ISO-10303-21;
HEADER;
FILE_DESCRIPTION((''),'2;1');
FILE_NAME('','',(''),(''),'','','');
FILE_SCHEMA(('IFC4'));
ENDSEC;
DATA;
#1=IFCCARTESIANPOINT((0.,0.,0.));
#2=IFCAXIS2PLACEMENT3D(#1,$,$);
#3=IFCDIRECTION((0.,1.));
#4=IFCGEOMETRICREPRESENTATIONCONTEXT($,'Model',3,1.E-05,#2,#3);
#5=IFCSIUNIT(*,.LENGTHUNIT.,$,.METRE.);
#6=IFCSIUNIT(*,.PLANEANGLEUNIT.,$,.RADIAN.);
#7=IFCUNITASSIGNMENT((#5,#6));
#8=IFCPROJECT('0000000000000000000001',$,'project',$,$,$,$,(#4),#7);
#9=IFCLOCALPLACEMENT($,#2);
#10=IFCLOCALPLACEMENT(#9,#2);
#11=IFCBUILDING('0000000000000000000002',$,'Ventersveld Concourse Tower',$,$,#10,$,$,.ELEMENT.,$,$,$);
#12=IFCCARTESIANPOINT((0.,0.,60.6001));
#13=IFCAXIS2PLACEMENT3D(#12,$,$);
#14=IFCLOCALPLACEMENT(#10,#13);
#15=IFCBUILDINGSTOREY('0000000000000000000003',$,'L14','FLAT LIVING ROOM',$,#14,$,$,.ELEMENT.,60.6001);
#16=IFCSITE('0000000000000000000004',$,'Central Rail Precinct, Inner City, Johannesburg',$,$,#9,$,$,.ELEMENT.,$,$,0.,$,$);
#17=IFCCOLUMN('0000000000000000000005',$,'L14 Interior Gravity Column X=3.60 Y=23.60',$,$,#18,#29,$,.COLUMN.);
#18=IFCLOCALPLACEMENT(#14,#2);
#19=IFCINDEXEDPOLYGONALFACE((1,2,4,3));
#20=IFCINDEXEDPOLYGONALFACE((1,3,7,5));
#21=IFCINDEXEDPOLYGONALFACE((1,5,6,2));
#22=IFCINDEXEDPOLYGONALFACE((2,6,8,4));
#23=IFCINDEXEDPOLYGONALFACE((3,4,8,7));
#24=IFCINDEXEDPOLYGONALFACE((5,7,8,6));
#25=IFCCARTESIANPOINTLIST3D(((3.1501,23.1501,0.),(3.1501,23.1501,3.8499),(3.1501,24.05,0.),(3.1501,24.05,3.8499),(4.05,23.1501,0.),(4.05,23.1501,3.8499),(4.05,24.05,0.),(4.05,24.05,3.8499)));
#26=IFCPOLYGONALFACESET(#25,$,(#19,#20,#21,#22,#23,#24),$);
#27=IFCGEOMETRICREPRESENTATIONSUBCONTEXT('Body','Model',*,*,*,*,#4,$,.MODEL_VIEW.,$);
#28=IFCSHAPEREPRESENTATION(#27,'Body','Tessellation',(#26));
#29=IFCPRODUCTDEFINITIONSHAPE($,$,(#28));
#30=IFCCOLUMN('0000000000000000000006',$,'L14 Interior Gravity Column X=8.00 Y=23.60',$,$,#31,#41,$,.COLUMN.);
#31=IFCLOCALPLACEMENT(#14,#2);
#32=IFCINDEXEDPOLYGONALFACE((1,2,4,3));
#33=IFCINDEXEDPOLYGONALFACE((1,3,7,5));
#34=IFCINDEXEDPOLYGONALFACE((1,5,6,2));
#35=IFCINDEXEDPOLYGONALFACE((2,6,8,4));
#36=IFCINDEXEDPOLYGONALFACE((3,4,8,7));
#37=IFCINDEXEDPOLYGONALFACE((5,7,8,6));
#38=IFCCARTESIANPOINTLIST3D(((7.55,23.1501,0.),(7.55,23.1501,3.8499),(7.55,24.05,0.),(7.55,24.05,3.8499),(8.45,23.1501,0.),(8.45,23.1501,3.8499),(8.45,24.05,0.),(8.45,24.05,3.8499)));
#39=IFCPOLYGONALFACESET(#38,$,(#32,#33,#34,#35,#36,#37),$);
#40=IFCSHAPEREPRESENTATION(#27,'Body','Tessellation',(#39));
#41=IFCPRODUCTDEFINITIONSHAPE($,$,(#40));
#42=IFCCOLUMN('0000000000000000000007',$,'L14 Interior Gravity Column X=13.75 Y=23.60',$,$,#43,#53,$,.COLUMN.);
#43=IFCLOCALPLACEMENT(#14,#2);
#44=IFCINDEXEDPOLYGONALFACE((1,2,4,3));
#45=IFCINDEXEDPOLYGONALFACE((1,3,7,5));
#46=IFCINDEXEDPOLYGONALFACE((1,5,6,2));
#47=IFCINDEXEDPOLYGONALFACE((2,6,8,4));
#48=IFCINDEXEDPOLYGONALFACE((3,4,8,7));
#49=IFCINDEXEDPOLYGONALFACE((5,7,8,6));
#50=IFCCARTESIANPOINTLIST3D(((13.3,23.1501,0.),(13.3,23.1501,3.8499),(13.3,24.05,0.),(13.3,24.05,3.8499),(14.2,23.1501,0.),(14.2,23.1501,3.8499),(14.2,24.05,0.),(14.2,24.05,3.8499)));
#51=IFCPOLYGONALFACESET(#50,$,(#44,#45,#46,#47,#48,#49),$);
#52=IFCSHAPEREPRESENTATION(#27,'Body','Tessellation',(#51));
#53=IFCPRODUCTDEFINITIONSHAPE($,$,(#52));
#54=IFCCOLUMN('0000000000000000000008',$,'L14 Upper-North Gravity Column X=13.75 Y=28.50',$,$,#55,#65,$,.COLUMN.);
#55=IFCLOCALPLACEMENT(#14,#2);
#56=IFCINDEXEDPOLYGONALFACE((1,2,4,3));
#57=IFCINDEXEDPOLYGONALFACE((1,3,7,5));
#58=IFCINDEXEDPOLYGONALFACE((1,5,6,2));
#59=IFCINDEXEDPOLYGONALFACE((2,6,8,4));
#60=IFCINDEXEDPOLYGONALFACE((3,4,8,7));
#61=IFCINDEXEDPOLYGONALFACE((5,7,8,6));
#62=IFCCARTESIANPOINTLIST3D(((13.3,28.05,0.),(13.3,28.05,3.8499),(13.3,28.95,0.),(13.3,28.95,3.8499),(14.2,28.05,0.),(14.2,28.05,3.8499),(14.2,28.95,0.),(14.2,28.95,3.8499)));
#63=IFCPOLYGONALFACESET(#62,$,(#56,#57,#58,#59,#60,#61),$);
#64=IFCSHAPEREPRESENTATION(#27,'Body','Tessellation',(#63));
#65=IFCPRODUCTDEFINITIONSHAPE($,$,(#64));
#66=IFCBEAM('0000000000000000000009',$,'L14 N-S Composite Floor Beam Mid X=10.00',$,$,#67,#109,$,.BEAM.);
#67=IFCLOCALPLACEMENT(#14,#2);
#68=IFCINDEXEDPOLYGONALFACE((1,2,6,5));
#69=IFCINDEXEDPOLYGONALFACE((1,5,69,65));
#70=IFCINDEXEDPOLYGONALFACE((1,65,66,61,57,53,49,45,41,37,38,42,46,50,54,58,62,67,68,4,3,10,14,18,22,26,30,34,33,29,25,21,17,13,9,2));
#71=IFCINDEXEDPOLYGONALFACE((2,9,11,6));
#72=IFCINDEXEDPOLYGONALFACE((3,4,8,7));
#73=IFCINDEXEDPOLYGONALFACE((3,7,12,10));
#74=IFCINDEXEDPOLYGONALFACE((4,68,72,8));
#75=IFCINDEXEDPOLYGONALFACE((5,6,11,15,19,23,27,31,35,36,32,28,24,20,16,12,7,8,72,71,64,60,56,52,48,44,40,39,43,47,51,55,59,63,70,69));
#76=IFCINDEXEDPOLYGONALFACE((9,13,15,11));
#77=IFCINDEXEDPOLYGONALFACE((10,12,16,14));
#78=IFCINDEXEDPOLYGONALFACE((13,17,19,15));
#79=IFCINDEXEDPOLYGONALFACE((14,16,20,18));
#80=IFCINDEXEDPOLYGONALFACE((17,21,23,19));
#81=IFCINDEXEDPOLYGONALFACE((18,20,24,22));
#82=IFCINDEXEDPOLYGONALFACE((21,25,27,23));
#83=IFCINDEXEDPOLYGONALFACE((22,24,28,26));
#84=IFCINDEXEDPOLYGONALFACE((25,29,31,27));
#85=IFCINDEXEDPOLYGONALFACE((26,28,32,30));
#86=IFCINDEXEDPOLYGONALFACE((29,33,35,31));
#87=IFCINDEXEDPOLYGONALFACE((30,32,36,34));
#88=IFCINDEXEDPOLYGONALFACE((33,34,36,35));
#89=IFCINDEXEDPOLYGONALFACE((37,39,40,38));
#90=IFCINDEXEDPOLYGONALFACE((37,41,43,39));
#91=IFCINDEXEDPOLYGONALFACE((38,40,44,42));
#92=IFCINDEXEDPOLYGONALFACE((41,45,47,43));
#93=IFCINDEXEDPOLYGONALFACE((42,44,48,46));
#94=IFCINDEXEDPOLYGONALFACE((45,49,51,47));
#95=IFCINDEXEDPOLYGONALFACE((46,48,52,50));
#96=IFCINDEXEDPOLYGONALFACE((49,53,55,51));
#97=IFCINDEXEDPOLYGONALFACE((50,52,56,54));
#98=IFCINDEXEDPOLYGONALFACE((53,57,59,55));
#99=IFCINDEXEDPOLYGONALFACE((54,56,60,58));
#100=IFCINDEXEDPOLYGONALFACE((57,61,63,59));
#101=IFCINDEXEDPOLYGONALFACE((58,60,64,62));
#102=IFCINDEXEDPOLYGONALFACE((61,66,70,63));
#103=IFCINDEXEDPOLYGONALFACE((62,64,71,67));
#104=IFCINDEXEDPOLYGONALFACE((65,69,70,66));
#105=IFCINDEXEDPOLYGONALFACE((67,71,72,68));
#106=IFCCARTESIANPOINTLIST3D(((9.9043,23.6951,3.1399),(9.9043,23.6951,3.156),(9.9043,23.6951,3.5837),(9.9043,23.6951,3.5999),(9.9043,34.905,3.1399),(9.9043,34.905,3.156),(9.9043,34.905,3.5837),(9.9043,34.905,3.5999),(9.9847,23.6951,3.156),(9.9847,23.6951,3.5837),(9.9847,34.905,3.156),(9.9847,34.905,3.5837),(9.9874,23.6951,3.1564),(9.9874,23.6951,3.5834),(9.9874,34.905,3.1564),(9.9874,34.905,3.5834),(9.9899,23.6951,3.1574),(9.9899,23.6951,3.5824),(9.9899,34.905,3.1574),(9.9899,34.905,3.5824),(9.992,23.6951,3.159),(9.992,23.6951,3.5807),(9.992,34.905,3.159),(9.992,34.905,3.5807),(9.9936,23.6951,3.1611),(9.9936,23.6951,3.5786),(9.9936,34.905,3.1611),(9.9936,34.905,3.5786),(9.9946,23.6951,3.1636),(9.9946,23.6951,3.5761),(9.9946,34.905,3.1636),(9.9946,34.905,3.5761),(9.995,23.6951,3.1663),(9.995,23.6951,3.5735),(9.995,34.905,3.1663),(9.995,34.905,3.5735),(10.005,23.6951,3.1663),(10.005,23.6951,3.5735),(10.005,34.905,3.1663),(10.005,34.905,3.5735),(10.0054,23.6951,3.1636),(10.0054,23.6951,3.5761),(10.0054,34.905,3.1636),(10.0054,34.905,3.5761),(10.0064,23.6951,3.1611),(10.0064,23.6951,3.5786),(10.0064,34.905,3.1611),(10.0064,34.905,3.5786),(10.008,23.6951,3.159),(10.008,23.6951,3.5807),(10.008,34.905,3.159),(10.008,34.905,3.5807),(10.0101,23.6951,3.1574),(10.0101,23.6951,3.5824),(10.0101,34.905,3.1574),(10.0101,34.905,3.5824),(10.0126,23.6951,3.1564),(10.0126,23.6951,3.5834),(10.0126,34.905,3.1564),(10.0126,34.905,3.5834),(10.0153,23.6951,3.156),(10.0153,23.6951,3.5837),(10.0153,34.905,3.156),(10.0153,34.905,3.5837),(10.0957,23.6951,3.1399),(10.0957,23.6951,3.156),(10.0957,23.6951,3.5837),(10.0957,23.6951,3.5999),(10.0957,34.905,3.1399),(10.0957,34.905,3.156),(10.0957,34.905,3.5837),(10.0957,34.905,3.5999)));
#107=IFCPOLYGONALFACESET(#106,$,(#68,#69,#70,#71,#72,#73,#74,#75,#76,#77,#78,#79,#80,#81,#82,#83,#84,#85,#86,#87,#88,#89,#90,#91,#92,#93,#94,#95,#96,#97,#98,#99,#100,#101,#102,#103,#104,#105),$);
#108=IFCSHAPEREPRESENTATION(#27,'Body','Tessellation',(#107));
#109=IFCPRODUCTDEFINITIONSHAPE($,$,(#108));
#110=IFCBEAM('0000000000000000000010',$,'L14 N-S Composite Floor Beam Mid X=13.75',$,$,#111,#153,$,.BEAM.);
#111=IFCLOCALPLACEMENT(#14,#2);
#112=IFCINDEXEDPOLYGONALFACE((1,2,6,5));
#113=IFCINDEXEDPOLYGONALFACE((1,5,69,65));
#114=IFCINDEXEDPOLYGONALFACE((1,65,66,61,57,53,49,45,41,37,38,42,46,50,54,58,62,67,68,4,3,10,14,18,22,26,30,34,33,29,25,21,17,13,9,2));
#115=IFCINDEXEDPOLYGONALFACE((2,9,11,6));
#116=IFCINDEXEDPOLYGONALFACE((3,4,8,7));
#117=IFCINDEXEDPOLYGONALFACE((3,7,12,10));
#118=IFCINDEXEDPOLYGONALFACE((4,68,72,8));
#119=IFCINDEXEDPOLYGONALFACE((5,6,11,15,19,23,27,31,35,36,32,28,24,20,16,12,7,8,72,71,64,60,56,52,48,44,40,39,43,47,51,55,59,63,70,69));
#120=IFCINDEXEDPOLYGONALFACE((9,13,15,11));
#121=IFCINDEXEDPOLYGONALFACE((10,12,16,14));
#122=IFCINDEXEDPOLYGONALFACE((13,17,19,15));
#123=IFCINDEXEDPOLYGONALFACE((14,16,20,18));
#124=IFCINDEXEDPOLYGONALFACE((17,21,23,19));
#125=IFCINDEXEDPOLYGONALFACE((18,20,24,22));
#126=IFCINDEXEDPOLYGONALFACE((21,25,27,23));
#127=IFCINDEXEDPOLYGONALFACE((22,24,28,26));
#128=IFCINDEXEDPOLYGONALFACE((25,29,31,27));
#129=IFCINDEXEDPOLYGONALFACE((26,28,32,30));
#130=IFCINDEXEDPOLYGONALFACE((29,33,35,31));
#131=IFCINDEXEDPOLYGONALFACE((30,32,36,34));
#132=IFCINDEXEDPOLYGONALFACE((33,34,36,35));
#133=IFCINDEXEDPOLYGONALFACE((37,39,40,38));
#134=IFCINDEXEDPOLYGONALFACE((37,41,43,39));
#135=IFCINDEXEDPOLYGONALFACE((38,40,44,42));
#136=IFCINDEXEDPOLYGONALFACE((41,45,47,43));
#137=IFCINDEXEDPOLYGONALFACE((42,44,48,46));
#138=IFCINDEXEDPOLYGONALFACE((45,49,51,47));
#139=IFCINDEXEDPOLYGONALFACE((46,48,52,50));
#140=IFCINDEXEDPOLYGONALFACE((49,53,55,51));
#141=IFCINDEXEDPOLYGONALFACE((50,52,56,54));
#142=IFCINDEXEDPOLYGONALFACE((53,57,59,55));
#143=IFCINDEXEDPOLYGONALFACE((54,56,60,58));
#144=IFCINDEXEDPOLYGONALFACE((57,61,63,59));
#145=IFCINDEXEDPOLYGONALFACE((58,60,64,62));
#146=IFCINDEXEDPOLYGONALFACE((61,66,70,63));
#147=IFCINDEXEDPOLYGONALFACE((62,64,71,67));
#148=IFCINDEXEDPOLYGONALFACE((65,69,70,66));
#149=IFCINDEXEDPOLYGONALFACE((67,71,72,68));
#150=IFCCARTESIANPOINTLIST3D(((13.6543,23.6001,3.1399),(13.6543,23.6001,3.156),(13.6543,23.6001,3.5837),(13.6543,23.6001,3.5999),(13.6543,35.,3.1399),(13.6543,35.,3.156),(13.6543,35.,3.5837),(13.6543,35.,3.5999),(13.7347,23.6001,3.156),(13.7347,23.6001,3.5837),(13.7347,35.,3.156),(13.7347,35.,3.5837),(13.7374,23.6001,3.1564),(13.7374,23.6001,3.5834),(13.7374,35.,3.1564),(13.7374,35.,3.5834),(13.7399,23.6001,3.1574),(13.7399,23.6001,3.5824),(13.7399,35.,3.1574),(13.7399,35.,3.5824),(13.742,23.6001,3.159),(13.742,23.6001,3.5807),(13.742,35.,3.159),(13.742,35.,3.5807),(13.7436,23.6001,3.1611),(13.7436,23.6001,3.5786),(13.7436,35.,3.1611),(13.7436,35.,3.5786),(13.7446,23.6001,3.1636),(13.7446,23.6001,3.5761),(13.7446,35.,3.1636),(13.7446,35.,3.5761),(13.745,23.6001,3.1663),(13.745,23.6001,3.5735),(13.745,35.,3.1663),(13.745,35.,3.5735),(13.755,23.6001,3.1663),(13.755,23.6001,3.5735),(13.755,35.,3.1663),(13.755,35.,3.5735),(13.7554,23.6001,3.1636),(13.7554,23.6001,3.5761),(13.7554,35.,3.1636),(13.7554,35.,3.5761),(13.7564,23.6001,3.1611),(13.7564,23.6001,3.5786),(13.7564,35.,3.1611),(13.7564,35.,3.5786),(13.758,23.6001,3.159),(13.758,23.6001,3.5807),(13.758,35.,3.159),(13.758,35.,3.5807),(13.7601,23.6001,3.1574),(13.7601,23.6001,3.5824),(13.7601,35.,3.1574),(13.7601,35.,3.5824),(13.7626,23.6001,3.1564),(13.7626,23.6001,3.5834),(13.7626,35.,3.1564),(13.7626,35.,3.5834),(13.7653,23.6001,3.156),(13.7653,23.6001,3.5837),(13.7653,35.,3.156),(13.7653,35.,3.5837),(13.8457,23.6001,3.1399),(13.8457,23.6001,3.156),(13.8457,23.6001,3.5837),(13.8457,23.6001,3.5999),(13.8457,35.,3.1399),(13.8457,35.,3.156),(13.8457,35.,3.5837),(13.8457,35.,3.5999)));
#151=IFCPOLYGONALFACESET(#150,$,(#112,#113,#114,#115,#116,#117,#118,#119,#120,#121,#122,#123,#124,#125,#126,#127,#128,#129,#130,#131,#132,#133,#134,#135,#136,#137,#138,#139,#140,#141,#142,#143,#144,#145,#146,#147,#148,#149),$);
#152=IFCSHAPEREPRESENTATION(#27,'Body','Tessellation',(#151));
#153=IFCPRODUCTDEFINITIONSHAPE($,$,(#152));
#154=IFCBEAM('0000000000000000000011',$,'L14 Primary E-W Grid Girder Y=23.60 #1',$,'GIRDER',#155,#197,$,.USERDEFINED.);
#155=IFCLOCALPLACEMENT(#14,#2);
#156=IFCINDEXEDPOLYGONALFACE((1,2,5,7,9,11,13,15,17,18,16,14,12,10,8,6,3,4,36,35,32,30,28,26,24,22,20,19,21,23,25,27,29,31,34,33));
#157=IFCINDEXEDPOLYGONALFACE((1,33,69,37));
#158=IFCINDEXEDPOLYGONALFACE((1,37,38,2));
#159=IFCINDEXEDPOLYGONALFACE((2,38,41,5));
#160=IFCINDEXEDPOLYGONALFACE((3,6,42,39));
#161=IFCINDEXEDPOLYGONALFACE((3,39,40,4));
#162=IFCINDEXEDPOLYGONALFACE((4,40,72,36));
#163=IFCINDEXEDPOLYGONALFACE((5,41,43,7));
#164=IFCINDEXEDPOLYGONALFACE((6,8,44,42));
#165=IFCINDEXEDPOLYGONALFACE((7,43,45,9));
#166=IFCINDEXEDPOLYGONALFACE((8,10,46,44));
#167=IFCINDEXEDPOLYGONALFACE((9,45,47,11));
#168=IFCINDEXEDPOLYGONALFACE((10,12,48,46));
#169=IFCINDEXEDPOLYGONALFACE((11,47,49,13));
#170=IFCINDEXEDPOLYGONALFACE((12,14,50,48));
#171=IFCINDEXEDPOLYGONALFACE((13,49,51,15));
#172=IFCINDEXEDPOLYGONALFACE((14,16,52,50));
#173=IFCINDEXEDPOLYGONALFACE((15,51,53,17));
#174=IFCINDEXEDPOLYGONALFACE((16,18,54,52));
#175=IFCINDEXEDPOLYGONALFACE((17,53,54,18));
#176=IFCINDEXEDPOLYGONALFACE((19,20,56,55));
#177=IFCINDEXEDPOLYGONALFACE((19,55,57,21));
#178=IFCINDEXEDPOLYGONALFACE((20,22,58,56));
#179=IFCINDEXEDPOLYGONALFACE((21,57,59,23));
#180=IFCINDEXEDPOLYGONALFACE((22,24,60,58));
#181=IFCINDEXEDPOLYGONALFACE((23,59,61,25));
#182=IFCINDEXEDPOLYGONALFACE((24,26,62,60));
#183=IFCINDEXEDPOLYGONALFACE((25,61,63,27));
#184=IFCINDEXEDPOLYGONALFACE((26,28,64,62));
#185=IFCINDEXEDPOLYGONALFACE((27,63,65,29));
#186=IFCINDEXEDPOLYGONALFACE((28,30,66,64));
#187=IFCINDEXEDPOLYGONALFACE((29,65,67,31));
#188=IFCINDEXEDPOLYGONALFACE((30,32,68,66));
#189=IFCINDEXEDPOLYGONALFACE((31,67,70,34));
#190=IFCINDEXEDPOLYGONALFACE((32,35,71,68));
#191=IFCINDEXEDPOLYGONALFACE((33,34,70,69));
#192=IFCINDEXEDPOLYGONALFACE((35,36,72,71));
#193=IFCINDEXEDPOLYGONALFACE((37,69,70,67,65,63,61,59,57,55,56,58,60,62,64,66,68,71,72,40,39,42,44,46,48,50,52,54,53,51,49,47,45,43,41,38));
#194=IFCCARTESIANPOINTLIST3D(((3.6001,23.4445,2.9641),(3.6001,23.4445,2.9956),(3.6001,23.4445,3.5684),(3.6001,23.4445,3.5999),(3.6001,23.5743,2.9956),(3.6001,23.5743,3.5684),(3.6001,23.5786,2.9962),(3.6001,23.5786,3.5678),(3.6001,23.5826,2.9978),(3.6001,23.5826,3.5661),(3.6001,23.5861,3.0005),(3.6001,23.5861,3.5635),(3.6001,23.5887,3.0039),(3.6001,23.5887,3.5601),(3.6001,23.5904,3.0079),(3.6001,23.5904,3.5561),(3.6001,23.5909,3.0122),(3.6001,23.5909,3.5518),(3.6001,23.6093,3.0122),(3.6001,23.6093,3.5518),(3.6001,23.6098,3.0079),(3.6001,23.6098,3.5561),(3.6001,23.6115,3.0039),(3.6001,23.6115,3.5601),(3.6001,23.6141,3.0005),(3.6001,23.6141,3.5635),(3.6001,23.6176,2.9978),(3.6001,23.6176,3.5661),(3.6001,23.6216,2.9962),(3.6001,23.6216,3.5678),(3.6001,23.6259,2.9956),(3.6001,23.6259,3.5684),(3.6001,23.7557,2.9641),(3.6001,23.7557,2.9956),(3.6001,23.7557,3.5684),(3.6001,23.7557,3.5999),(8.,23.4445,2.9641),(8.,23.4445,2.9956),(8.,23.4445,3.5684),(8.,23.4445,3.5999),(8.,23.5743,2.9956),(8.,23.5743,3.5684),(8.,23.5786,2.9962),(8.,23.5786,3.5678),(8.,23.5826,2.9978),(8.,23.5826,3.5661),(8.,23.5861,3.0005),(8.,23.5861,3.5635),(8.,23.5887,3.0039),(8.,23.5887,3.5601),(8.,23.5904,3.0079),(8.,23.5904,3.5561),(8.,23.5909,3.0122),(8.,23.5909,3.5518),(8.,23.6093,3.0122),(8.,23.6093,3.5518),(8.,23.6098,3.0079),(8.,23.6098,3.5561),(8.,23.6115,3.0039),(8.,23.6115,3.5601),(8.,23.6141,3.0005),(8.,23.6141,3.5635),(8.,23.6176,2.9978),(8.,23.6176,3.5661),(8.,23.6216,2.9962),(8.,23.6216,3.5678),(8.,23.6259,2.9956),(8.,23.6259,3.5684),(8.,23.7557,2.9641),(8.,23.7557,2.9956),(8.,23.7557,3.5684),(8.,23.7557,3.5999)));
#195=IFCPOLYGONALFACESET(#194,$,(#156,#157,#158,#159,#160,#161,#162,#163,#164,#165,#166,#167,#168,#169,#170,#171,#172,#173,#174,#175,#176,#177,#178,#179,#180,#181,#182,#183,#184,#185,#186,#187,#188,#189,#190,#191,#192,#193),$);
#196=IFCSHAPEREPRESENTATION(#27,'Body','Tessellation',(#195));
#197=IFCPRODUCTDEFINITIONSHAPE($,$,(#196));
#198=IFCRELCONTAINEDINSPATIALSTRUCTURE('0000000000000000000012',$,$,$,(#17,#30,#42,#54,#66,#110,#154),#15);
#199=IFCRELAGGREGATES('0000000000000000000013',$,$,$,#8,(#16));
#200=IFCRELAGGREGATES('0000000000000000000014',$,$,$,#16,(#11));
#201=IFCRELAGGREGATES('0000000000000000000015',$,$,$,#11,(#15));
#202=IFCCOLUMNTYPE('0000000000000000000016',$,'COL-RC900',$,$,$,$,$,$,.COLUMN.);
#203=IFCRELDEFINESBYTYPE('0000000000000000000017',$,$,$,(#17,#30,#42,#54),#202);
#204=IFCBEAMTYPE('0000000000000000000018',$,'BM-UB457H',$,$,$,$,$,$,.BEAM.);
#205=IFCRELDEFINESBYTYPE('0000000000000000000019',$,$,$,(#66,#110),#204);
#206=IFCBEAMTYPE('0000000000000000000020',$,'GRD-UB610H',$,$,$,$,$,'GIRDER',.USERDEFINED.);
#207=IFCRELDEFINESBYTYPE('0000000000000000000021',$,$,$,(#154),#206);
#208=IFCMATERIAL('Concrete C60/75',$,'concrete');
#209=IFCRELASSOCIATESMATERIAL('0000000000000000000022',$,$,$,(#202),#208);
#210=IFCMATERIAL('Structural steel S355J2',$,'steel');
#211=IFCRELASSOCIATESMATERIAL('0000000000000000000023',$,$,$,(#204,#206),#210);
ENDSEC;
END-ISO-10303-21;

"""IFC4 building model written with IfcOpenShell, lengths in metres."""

from ifc_helpers import new_model, si_unit, direction, frame, origin, origin_2d, place, context, subcontext, project, spatial, rectangle, i_section, extrude, material, material_profile, profile_set, type_object, element, save


model = new_model("IFC4")

# Units and contexts
model_context = context("Model", 3, precision=1e-05, world=origin(), true_north=direction((0.0, 1.0)))
body_context = subcontext(model_context, "Body", "Model", "MODEL_VIEW")
ifc_project = project(units=[si_unit("LENGTHUNIT", "METRE"), si_unit("PLANEANGLEUNIT", "RADIAN")], contexts=[model_context])

# Site, building, storey
site_placement = place(None, origin())
site = spatial("IfcSite", under=ifc_project, at=site_placement, Name="Central Rail Precinct, Inner City, Johannesburg", CompositionType="ELEMENT", RefElevation=0.0)
building_placement = place(site_placement, origin())
building = spatial("IfcBuilding", under=site, at=building_placement, Name="Ventersveld Concourse Tower", CompositionType="ELEMENT")
storey_placement = place(building_placement, frame((0.0, 0.0, 60.6001)))
storey = spatial("IfcBuildingStorey", under=building, at=storey_placement, Name="L14", Description="FLAT LIVING ROOM", CompositionType="ELEMENT", Elevation=60.6001)

# Columns
ifc_material_1 = material(Name="Concrete C60/75", Category="concrete")
ifc_material_profile_1 = material_profile(ifc_material_1, rectangle(XDim=0.8999, YDim=0.8999, at=origin_2d()), Name="RC 900x900")
ifc_profile_set_1 = profile_set([ifc_material_profile_1], Name="Concrete C60/75")
column_type = type_object("IfcColumnType", Name="COL-RC900", PredefinedType="COLUMN", material=ifc_profile_set_1)
for number, where, z_axis, x_axis, name in (
    (1, (3.6001, 23.6001, 0.0), (0.0, 0.0, 1.0), (1.0, 0.0, 0.0), "L14 Interior Gravity Column X=3.60 Y=23.60"),
    (2, (8.0, 23.6001, 0.0), (0.0, 0.0, 1.0), (1.0, 0.0, 0.0), "L14 Interior Gravity Column X=8.00 Y=23.60"),
    (3, (13.75, 23.6001, 0.0), (0.0, 0.0, 1.0), (1.0, 0.0, 0.0), "L14 Interior Gravity Column X=13.75 Y=23.60"),
    (4, (13.75, 28.5, 0.0), (0.0, 0.0, 1.0), (1.0, 0.0, 0.0), "L14 Upper-North Gravity Column X=13.75 Y=28.50"),
):
    element("IfcColumn", number, at=place(storey_placement, frame(where, z_axis=z_axis, x_axis=x_axis)), inside=storey, type_object=column_type, Name=name, PredefinedType="COLUMN", context=body_context, shape_type="SweptSolid", body=[
        extrude(rectangle(XDim=0.8999, YDim=0.8999, at=origin_2d()), origin(), (0.0, 0.0, 1.0), 3.8499),
    ])

# Beams
ifc_material_2 = material(Name="Structural steel S355J2", Category="steel")
ifc_material_profile_2 = material_profile(ifc_material_2, i_section(OverallWidth=0.1914, OverallDepth=0.46, WebThickness=0.01, FlangeThickness=0.0161, FilletRadius=0.0103, at=origin_2d()), Name="UB 457x191x82")
ifc_profile_set_2 = profile_set([ifc_material_profile_2], Name="Structural steel S355J2")
beam_type_1 = type_object("IfcBeamType", Name="BM-UB457H", PredefinedType="BEAM", material=ifc_profile_set_2)
beam_1_placement = place(storey_placement, frame((10.0, 23.6951, 3.3699), z_axis=(0.0, 1.0, 0.0), x_axis=(-1.0, 0.0, 0.0)))
element("IfcBeam", 5, at=beam_1_placement, inside=storey, type_object=beam_type_1, Name="L14 N-S Composite Floor Beam Mid X=10.00", PredefinedType="BEAM", context=body_context, shape_type="SweptSolid", body=[
    extrude(i_section(OverallWidth=0.1914, OverallDepth=0.46, WebThickness=0.01, FlangeThickness=0.0161, FilletRadius=0.0103, at=origin_2d()), origin(), (0.0, 0.0, 1.0), 11.21),
])
beam_2_placement = place(storey_placement, frame((13.75, 23.6001, 3.3699), z_axis=(0.0, 1.0, 0.0), x_axis=(-1.0, 0.0, 0.0)))
element("IfcBeam", 6, at=beam_2_placement, inside=storey, type_object=beam_type_1, Name="L14 N-S Composite Floor Beam Mid X=13.75", PredefinedType="BEAM", context=body_context, shape_type="SweptSolid", body=[
    extrude(i_section(OverallWidth=0.1914, OverallDepth=0.46, WebThickness=0.01, FlangeThickness=0.0161, FilletRadius=0.0103, at=origin_2d()), origin(), (0.0, 0.0, 1.0), 11.3999),
])
ifc_material_profile_3 = material_profile(ifc_material_2, i_section(OverallWidth=0.3113, OverallDepth=0.6357, WebThickness=0.0183, FlangeThickness=0.0315, FilletRadius=0.0166, at=origin_2d()), Name="UB 610x305x238")
ifc_profile_set_3 = profile_set([ifc_material_profile_3], Name="Structural steel S355J2")
beam_type_2 = type_object("IfcBeamType", Name="GRD-UB610H", ElementType="GIRDER", PredefinedType="USERDEFINED", material=ifc_profile_set_3)
beam_3_placement = place(storey_placement, frame((3.6001, 23.6001, 3.282), z_axis=(1.0, 0.0, 0.0), x_axis=(0.0, 1.0, 0.0)))
element("IfcBeam", 7, at=beam_3_placement, inside=storey, type_object=beam_type_2, Name="L14 Primary E-W Grid Girder Y=23.60 #1", ObjectType="GIRDER", PredefinedType="USERDEFINED", context=body_context, shape_type="SweptSolid", body=[
    extrude(i_section(OverallWidth=0.3113, OverallDepth=0.6357, WebThickness=0.0183, FlangeThickness=0.0315, FilletRadius=0.0166, at=origin_2d()), origin(), (0.0, 0.0, 1.0), 4.3999),
])

save(model, "model.ifc")
